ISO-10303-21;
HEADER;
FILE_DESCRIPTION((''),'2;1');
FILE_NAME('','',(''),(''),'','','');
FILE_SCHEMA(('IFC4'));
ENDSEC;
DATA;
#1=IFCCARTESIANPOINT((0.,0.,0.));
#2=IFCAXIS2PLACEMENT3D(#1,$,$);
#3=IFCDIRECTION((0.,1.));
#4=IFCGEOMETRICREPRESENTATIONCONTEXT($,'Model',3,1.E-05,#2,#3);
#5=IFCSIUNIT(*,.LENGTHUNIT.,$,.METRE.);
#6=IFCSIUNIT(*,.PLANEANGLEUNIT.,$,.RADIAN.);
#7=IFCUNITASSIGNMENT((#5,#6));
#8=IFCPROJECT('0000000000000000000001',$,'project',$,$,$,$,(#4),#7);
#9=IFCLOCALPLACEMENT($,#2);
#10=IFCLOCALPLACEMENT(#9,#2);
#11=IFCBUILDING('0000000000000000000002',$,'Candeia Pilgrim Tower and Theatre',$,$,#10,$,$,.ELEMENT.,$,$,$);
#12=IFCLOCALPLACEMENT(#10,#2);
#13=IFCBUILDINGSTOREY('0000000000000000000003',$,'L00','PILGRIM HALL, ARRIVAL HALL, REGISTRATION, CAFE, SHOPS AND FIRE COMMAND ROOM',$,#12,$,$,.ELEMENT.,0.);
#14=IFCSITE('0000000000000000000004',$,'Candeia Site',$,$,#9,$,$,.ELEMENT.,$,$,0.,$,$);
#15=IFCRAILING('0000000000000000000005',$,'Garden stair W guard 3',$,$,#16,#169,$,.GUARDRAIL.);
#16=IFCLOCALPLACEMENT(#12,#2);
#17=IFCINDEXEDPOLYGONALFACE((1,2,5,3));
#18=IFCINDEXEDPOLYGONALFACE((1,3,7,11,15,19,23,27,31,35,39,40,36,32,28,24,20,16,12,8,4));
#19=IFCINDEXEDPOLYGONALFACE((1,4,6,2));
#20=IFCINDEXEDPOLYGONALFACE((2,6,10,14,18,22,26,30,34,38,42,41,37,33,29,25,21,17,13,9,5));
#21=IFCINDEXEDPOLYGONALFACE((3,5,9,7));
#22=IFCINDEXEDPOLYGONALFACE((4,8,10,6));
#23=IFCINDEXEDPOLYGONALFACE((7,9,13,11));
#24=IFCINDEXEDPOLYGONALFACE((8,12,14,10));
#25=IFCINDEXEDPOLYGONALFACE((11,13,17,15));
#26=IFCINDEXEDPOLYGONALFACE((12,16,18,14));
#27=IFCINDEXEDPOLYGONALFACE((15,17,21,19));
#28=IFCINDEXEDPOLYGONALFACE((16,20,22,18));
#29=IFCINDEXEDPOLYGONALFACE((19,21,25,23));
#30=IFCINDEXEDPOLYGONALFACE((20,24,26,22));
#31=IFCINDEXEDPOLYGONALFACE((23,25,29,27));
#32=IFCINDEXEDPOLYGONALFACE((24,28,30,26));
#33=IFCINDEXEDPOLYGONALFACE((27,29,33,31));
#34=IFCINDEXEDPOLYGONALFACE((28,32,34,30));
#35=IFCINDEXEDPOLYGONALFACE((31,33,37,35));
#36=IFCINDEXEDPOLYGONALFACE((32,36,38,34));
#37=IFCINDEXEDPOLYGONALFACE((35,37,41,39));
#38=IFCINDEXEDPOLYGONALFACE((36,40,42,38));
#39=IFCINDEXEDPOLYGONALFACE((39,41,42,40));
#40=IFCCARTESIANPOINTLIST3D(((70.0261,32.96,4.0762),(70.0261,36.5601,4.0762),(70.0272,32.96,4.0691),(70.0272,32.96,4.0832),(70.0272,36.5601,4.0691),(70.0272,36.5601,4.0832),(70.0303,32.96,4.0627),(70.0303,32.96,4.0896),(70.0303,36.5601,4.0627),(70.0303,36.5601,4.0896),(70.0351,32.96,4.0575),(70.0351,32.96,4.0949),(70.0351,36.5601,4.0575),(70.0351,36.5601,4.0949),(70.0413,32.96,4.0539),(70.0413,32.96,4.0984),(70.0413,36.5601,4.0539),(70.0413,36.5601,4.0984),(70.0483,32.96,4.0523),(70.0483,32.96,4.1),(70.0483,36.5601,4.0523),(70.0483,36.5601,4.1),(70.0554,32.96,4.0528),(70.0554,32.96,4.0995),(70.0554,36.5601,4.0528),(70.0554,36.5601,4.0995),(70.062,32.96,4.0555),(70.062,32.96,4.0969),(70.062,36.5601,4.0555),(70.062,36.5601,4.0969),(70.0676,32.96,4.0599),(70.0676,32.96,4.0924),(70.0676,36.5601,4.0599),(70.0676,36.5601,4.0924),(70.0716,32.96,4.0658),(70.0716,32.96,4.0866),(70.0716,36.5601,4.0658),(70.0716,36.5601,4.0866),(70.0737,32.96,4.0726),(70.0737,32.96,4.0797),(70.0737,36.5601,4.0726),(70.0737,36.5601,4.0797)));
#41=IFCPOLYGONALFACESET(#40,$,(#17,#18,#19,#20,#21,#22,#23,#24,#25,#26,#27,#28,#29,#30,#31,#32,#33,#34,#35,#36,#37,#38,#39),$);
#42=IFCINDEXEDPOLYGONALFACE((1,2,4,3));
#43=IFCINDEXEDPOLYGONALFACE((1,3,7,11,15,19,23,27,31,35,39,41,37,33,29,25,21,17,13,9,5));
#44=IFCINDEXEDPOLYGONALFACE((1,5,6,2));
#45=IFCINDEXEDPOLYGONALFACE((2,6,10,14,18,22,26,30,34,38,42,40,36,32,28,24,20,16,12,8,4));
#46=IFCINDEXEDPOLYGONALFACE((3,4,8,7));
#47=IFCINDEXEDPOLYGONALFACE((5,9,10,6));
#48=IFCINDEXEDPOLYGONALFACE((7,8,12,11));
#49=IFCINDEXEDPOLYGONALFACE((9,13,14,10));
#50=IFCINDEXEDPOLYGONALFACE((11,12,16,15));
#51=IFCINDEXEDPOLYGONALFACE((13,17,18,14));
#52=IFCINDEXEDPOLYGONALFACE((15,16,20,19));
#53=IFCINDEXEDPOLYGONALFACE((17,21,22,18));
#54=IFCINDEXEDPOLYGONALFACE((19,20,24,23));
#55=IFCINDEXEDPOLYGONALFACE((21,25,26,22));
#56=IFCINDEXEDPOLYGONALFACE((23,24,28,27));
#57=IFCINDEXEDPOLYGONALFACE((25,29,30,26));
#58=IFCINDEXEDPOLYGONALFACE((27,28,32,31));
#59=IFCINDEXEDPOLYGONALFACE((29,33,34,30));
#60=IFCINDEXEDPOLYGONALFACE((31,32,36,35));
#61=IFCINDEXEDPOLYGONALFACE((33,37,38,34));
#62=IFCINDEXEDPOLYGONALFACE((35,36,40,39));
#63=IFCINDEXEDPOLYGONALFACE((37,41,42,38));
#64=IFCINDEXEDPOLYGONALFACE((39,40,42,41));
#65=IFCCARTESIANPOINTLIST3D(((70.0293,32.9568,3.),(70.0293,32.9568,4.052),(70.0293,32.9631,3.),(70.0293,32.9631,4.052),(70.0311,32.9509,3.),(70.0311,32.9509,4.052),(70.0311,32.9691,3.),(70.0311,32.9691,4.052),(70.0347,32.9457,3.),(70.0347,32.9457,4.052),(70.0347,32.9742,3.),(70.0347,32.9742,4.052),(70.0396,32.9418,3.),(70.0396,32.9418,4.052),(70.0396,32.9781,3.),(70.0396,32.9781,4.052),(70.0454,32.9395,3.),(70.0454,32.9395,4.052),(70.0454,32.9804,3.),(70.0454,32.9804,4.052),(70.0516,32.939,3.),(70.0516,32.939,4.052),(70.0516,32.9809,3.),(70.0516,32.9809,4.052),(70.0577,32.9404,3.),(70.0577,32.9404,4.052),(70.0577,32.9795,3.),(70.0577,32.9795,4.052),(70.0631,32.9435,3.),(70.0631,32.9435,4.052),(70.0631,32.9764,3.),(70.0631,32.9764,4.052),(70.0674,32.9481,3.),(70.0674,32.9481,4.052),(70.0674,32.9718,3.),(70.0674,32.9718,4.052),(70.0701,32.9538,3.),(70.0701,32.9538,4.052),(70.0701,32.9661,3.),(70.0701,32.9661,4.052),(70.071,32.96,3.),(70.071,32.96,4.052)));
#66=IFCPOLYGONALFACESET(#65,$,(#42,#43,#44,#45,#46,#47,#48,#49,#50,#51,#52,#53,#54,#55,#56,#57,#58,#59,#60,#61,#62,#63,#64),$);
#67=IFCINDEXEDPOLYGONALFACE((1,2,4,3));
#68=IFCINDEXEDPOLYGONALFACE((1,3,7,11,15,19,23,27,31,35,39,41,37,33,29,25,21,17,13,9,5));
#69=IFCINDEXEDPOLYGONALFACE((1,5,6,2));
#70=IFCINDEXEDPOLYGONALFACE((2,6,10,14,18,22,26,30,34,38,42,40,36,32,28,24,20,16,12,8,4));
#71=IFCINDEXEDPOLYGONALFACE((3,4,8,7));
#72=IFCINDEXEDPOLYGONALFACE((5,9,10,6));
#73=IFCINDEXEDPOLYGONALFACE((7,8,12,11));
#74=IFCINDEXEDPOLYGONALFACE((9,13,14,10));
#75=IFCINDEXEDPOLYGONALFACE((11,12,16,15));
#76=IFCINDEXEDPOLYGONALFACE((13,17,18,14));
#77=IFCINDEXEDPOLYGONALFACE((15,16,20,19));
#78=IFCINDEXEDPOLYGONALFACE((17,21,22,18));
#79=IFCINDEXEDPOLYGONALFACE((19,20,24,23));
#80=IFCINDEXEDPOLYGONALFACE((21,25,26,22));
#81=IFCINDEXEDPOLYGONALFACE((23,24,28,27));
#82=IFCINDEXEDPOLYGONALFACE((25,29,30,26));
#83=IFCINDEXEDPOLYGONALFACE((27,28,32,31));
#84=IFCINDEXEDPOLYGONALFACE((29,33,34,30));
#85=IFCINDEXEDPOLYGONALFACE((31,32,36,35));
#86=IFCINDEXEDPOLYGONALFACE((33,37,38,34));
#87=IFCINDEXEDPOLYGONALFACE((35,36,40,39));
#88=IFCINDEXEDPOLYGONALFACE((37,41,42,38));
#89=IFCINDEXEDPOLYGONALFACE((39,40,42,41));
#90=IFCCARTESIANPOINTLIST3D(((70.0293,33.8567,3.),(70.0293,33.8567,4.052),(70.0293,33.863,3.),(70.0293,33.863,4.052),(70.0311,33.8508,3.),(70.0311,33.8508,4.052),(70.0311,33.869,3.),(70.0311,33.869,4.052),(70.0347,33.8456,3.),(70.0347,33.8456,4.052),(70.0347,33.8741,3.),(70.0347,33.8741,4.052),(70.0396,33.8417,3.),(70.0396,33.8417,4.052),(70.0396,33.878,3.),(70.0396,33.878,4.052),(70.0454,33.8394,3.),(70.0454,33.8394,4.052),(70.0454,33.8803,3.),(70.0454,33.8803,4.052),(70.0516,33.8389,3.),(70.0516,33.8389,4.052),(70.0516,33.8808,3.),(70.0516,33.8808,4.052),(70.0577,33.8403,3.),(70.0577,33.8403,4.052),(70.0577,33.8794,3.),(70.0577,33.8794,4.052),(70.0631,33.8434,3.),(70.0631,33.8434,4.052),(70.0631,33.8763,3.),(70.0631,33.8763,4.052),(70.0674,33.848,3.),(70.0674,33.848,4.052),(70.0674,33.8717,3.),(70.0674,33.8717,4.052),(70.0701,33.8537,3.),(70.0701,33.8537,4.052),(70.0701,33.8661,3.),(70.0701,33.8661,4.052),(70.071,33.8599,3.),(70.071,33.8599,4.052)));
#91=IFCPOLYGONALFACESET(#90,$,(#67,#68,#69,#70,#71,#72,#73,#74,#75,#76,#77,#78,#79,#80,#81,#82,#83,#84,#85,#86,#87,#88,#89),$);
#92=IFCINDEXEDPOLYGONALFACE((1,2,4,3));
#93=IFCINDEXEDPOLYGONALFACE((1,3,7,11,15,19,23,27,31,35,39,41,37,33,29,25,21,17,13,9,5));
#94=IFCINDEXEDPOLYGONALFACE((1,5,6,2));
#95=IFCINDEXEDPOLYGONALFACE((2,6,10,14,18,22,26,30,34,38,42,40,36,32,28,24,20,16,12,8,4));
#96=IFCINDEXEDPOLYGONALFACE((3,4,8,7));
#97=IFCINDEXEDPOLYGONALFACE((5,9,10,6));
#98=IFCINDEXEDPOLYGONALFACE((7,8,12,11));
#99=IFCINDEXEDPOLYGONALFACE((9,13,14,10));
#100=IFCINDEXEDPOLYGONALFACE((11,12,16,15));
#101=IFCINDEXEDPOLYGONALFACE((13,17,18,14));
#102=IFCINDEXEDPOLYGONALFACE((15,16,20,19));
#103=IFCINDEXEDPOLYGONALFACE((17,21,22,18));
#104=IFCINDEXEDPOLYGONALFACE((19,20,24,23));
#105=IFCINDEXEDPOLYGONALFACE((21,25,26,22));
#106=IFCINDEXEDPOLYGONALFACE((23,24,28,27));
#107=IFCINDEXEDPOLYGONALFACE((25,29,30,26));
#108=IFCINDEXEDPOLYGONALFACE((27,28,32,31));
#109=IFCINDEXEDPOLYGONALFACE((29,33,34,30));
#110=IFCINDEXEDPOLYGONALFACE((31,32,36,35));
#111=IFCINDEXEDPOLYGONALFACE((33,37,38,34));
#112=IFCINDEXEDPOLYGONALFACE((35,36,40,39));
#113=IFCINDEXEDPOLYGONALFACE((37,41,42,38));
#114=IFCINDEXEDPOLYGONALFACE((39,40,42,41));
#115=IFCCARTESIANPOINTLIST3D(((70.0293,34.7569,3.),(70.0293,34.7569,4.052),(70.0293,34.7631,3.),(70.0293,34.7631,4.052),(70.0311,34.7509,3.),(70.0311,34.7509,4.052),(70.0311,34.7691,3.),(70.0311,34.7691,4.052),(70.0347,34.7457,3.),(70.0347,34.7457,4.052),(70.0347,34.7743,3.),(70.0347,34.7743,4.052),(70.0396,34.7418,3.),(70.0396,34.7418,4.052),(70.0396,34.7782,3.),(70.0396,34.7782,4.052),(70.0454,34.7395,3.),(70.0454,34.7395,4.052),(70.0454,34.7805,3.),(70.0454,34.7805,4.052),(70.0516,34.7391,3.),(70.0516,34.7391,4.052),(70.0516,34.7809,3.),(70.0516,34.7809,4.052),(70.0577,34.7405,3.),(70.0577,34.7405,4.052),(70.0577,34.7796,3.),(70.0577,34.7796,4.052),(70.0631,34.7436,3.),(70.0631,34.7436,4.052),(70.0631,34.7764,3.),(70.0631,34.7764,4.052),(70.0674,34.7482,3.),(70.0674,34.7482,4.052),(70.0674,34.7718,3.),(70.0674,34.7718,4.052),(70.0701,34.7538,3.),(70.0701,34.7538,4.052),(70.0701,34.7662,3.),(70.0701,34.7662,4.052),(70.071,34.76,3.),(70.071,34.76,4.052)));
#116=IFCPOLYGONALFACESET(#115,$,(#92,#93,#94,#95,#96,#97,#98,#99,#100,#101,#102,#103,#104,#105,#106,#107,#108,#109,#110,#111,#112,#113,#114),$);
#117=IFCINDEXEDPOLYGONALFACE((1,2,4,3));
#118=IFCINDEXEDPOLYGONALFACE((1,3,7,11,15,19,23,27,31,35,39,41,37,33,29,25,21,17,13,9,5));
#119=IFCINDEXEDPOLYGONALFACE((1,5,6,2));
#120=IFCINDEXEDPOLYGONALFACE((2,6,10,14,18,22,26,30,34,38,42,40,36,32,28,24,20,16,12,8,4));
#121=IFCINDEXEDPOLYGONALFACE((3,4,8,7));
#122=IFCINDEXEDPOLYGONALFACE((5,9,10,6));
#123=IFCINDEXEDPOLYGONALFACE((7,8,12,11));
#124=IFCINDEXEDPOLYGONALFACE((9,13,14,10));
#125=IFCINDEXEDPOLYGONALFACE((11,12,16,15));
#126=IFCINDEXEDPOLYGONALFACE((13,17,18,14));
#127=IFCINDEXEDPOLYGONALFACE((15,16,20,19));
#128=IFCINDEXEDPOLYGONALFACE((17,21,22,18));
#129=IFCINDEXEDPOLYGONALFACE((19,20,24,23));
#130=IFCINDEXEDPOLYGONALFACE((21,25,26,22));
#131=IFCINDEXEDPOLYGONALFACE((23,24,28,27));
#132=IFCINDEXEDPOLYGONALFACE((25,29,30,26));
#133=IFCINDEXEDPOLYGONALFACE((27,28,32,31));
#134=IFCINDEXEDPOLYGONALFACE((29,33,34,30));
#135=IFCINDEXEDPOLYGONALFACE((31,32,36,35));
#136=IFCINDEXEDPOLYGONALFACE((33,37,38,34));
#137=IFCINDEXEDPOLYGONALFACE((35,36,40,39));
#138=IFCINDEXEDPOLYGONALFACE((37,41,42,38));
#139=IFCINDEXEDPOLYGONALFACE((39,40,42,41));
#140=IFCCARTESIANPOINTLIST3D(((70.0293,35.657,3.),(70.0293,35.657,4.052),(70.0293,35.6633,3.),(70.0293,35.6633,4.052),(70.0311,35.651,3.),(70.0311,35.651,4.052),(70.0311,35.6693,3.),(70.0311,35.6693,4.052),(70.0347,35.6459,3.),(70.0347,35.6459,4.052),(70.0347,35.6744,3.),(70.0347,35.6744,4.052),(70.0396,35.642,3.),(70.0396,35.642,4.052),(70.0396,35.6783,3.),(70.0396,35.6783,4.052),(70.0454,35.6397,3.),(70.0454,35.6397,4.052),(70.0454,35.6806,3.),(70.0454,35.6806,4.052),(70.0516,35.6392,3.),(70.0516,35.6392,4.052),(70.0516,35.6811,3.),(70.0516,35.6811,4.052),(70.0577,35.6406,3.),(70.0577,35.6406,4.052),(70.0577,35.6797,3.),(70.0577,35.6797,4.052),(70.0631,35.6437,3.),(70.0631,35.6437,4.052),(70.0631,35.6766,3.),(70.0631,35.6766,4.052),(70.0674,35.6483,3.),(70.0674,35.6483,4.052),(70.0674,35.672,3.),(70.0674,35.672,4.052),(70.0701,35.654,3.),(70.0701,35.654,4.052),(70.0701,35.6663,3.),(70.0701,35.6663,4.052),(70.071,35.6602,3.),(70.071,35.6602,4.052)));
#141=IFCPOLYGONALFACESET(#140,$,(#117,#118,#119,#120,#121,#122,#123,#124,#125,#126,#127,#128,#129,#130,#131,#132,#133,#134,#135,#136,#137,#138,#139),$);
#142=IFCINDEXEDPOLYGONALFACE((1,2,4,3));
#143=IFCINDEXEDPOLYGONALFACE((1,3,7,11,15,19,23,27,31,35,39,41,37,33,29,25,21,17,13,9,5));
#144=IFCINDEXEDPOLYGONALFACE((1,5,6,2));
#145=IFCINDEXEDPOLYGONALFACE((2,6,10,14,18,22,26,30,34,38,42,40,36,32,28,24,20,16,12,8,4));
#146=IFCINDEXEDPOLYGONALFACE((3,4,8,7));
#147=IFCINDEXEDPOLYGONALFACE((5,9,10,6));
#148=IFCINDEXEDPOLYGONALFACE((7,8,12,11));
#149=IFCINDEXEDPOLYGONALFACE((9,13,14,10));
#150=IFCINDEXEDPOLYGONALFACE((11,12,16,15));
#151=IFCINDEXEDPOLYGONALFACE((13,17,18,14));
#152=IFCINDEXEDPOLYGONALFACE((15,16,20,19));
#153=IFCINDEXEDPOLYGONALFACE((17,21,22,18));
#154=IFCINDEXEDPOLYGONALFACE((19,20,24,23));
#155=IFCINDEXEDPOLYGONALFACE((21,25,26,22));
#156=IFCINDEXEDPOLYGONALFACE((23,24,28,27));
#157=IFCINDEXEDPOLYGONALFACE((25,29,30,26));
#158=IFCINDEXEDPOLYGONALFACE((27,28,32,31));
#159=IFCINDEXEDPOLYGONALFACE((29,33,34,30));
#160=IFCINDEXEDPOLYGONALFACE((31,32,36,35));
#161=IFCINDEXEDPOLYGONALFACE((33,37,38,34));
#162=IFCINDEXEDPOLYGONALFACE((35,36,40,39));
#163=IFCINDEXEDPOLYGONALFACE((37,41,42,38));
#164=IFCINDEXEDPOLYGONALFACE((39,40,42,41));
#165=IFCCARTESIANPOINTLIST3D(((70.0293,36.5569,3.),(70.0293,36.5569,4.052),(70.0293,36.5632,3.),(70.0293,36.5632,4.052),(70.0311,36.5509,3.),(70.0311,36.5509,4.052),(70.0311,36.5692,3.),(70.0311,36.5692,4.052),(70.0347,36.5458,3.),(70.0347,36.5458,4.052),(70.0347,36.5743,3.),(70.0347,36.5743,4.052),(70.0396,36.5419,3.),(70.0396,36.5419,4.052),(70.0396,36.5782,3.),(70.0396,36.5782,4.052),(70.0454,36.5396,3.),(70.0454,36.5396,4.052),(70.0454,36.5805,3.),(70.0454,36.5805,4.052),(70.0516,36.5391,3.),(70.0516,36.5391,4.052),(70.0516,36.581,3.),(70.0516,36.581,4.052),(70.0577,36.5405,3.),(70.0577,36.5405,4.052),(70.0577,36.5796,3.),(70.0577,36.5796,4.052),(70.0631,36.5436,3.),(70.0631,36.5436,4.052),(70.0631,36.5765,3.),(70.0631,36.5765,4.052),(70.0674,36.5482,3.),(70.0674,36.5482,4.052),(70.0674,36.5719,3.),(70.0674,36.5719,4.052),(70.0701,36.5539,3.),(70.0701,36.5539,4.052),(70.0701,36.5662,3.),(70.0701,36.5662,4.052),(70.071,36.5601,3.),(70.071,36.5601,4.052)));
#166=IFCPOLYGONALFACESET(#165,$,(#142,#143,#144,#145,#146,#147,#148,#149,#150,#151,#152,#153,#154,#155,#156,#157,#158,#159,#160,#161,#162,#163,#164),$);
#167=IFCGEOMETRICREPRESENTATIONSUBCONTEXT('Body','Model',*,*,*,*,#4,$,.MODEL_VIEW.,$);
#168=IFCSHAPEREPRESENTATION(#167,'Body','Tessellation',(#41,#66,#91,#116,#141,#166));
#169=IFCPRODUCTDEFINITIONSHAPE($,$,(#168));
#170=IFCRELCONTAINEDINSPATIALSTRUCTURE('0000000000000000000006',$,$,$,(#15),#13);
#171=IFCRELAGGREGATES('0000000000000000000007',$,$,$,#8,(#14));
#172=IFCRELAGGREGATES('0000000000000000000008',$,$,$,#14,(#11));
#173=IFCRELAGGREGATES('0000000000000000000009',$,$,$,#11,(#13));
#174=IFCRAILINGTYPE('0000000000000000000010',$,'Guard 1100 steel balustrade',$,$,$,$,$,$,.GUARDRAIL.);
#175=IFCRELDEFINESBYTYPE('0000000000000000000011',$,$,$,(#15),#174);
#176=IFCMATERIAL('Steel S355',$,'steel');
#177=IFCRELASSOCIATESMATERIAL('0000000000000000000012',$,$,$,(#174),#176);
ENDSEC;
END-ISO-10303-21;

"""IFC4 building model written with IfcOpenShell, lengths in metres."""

from ifc_helpers import new_model, si_unit, direction, frame, origin, origin_2d, place, context, subcontext, project, spatial, circle, extrude, material, type_object, element, save


model = new_model("IFC4")

# Units and contexts
model_context = context("Model", 3, precision=1e-05, world=origin(), true_north=direction((0.0, 1.0)))
body_context = subcontext(model_context, "Body", "Model", "MODEL_VIEW")
ifc_project = project(units=[si_unit("LENGTHUNIT", "METRE"), si_unit("PLANEANGLEUNIT", "RADIAN")], contexts=[model_context])

# Site, building, storey
site_placement = place(None, origin())
site = spatial("IfcSite", under=ifc_project, at=site_placement, Name="Candeia Site", CompositionType="ELEMENT", RefElevation=0.0)
building_placement = place(site_placement, origin())
building = spatial("IfcBuilding", under=site, at=building_placement, Name="Candeia Pilgrim Tower and Theatre", CompositionType="ELEMENT")
storey_placement = place(building_placement, origin())
storey = spatial("IfcBuildingStorey", under=building, at=storey_placement, Name="L00", Description="PILGRIM HALL, ARRIVAL HALL, REGISTRATION, CAFE, SHOPS AND FIRE COMMAND ROOM", CompositionType="ELEMENT", Elevation=0.0)

# Railing
ifc_material_1 = material(Name="Steel S355", Category="steel")
railing_type_1 = type_object("IfcRailingType", Name="Guard 1100 steel balustrade", PredefinedType="GUARDRAIL", material=ifc_material_1)
railing_1_placement = place(storey_placement, frame((70.05, 32.96, 3.0)))
element("IfcRailing", 1, at=railing_1_placement, inside=storey, type_object=railing_type_1, Name="Garden stair W guard 3", PredefinedType="GUARDRAIL", context=body_context, shape_type="SweptSolid", body=[
    extrude(circle(Radius=0.0239, at=origin_2d()), frame((0.0, 0.0, 1.0762), z_axis=(0.0, 1.0, 0.0), x_axis=(-1.0, 0.0, 0.0)), (0.0, 0.0, 1.0), 3.6001),
    extrude(circle(Radius=0.021, at=origin_2d()), origin(), (0.0, 0.0, 1.0), 1.052),
    extrude(circle(Radius=0.021, at=origin_2d()), frame((0.0, 0.8999, 0.0)), (0.0, 0.0, 1.0), 1.052),
    extrude(circle(Radius=0.021, at=origin_2d()), frame((0.0, 1.8, 0.0)), (0.0, 0.0, 1.0), 1.052),
    extrude(circle(Radius=0.021, at=origin_2d()), frame((0.0, 2.7002, 0.0)), (0.0, 0.0, 1.0), 1.052),
    extrude(circle(Radius=0.021, at=origin_2d()), frame((0.0, 3.6001, 0.0)), (0.0, 0.0, 1.0), 1.052),
])

save(model, "model.ifc")
